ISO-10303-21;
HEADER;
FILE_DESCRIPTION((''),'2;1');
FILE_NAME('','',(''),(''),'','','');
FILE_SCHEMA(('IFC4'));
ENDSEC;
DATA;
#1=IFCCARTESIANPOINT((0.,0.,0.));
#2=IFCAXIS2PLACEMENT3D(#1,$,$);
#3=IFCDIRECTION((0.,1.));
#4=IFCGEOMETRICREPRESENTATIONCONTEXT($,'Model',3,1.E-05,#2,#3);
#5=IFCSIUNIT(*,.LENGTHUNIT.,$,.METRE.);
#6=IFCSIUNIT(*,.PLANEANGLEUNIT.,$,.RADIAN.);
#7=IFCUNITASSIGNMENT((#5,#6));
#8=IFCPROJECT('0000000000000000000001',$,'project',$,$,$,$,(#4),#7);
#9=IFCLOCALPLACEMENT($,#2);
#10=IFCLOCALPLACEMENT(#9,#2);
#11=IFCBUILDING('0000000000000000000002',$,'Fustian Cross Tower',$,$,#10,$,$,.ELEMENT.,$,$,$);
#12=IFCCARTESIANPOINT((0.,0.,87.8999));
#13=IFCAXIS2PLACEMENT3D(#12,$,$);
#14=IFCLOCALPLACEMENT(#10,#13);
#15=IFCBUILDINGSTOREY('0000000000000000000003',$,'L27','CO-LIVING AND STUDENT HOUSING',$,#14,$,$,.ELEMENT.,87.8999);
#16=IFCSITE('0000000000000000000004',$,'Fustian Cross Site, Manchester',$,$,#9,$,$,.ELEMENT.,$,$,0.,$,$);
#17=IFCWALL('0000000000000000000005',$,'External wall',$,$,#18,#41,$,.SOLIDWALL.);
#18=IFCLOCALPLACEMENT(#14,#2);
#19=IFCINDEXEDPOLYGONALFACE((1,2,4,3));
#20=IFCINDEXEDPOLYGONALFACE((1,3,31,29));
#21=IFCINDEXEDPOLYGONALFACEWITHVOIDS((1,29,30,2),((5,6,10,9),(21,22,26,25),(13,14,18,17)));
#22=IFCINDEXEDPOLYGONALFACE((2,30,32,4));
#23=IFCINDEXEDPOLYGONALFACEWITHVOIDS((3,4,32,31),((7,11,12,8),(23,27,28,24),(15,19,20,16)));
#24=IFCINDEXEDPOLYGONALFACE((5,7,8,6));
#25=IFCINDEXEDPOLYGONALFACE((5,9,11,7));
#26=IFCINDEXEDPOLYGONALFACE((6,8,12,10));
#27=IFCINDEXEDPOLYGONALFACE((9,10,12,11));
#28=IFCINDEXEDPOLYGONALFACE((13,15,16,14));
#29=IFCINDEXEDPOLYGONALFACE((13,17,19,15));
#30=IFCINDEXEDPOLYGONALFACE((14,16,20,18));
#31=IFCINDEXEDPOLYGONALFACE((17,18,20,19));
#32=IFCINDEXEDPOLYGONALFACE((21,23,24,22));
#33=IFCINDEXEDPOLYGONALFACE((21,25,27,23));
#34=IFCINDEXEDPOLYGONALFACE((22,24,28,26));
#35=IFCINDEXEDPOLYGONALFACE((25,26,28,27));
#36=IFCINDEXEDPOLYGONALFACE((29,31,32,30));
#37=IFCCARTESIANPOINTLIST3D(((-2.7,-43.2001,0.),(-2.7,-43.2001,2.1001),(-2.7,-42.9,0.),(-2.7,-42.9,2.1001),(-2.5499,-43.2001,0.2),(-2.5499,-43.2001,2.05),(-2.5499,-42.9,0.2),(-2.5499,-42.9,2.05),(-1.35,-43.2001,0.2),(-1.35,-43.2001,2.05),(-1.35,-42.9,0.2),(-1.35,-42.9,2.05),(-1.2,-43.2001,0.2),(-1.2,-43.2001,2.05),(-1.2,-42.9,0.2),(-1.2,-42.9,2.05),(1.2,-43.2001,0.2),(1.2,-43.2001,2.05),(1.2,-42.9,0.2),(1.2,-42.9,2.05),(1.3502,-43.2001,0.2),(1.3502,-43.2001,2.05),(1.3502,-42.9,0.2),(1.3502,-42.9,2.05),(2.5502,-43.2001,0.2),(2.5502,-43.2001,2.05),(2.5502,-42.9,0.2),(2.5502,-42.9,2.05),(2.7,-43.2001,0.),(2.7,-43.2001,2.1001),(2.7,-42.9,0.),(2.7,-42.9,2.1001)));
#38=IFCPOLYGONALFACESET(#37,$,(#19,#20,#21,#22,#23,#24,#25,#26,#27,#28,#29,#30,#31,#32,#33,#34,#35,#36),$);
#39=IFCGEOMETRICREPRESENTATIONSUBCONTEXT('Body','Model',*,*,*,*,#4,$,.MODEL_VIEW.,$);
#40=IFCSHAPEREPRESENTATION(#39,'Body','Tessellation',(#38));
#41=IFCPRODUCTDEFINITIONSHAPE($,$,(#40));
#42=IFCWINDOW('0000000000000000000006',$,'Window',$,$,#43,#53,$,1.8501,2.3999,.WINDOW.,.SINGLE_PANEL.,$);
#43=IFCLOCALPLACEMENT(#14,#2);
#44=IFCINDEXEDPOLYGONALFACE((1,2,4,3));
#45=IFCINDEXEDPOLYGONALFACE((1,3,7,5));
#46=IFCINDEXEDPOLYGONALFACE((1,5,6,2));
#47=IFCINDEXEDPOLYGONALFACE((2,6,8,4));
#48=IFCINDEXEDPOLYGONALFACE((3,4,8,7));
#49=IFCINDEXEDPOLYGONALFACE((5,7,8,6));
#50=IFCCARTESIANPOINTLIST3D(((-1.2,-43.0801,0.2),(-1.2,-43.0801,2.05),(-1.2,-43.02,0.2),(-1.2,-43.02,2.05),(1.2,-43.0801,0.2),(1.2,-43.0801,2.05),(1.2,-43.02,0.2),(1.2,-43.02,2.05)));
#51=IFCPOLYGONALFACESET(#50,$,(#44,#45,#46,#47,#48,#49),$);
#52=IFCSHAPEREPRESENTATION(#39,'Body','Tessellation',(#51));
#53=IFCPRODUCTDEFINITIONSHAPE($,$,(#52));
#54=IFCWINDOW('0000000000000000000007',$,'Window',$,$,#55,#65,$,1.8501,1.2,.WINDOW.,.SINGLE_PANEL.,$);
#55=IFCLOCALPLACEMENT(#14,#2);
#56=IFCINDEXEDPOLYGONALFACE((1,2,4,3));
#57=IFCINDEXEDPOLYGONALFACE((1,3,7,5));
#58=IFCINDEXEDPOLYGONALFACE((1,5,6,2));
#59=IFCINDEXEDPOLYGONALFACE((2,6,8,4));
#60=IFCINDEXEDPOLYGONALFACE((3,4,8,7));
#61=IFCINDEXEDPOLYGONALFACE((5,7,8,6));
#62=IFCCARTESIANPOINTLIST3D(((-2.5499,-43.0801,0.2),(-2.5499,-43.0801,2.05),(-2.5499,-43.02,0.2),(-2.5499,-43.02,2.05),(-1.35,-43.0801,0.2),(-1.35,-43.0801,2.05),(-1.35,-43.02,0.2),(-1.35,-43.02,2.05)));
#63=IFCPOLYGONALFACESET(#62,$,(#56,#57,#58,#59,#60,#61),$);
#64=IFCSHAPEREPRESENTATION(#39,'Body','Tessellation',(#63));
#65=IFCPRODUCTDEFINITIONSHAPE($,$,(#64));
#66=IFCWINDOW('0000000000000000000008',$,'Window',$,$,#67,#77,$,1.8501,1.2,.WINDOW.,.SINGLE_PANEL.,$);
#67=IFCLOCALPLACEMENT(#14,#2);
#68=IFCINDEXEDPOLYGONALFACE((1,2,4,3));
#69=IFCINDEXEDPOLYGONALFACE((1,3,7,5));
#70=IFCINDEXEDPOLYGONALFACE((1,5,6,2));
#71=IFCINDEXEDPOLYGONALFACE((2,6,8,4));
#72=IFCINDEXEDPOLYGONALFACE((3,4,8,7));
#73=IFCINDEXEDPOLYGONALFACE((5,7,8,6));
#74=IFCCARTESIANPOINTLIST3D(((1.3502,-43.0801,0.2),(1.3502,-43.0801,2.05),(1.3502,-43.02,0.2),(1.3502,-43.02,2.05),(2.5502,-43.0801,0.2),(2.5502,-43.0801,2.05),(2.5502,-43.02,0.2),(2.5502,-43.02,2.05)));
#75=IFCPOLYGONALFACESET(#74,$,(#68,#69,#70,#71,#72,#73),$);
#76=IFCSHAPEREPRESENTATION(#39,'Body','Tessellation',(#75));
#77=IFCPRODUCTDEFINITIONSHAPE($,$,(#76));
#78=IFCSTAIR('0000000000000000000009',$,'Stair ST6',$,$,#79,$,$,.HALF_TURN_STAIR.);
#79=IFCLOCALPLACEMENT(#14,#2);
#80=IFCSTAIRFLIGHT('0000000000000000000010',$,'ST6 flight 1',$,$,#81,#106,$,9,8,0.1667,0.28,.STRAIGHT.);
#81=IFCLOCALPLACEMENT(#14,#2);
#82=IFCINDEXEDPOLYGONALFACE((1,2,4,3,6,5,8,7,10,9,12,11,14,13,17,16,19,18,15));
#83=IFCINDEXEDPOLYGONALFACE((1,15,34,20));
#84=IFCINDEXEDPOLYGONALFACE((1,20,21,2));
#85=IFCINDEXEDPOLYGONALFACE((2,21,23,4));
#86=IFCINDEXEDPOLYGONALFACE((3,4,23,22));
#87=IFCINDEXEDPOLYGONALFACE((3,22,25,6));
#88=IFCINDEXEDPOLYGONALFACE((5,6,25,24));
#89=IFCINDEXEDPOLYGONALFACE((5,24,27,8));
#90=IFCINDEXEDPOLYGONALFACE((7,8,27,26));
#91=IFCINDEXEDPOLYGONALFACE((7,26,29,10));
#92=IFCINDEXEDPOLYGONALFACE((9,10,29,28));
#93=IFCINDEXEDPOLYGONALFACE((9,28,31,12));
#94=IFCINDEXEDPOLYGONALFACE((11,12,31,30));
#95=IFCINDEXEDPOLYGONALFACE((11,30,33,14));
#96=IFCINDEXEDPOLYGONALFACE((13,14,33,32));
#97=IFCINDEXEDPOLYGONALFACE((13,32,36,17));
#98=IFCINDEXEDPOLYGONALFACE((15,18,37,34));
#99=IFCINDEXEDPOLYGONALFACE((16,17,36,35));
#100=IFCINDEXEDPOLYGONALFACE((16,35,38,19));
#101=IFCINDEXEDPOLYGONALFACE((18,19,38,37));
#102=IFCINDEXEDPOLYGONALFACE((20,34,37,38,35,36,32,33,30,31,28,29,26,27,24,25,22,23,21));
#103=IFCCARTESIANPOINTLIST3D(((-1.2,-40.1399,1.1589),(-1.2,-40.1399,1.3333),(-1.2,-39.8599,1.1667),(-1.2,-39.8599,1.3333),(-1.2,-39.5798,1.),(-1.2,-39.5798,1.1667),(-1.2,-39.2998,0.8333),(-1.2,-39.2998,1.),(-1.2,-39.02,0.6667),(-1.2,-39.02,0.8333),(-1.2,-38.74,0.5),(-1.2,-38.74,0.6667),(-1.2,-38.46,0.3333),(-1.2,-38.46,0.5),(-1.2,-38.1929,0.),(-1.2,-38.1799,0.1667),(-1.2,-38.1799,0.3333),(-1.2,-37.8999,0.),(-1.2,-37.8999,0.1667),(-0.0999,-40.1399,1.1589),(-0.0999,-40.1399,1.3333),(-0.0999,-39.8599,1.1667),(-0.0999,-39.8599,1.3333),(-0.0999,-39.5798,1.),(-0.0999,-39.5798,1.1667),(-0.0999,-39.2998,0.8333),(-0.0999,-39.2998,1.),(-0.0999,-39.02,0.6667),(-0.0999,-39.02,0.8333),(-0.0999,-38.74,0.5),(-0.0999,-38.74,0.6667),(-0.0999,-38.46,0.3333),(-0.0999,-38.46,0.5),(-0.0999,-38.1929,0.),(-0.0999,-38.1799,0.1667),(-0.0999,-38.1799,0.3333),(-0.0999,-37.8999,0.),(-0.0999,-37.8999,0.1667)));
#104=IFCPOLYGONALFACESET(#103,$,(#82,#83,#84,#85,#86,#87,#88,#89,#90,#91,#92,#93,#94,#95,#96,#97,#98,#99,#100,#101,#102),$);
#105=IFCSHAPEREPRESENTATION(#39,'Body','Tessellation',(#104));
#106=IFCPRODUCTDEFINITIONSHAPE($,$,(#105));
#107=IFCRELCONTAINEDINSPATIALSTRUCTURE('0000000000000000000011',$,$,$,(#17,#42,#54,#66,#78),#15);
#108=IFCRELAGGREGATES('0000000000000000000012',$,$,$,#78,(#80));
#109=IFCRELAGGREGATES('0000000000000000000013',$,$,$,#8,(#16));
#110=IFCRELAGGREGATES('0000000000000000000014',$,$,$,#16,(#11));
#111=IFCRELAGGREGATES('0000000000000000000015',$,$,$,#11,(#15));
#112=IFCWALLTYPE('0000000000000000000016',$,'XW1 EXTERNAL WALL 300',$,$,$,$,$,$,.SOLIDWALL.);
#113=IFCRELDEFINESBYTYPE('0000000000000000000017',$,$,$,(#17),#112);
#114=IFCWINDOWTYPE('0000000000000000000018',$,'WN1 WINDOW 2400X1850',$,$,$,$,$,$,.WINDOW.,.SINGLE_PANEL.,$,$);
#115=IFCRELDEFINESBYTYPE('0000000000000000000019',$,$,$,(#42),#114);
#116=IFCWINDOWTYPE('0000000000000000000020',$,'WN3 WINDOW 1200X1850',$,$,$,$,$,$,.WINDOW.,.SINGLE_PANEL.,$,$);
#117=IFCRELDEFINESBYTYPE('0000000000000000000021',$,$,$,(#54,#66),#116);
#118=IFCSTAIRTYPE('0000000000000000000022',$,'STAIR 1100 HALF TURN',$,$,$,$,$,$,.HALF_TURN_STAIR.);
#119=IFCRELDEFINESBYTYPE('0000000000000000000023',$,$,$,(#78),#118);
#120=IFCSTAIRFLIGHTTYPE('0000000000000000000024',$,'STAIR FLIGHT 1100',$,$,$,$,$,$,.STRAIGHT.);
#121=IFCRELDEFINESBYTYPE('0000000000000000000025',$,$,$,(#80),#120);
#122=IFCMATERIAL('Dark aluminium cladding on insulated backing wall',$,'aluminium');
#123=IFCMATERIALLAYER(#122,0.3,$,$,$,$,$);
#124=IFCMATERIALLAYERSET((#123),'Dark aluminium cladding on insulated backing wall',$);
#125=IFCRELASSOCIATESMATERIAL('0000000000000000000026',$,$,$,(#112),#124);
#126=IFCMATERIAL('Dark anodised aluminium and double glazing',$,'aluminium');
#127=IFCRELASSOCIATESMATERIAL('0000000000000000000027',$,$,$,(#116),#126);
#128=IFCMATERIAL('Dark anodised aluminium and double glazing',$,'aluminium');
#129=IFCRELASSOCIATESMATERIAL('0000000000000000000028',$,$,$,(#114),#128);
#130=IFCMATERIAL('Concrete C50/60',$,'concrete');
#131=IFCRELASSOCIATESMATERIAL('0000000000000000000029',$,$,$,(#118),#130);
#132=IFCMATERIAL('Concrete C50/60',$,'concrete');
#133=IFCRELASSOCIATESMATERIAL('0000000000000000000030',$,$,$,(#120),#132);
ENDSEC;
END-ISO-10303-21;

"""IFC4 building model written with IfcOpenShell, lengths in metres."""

from ifc_helpers import new_model, si_unit, direction, frame, frame_2d, origin, place, context, subcontext, project, spatial, polyline, rectangle, outline, extrude, material, layer, layer_set, type_object, element, fill, aggregate, save


model = new_model("IFC4")

# Units and contexts
model_context = context("Model", 3, precision=1e-05, world=origin(), true_north=direction((0.0, 1.0)))
body_context = subcontext(model_context, "Body", "Model", "MODEL_VIEW")
ifc_project = project(units=[si_unit("LENGTHUNIT", "METRE"), si_unit("PLANEANGLEUNIT", "RADIAN")], contexts=[model_context])

# Site, building, storey
site_placement = place(None, origin())
site = spatial("IfcSite", under=ifc_project, at=site_placement, Name="Fustian Cross Site, Manchester", CompositionType="ELEMENT", RefElevation=0.0)
building_placement = place(site_placement, origin())
building = spatial("IfcBuilding", under=site, at=building_placement, Name="Fustian Cross Tower", CompositionType="ELEMENT")
storey_placement = place(building_placement, frame((0.0, 0.0, 87.8999)))
storey = spatial("IfcBuildingStorey", under=building, at=storey_placement, Name="L27", Description="CO-LIVING AND STUDENT HOUSING", CompositionType="ELEMENT", Elevation=87.8999)

# Shared definitions
ifc_material_1 = material(Name="Dark aluminium cladding on insulated backing wall", Category="aluminium")
ifc_layer_1 = layer(ifc_material_1, 0.3)
ifc_layer_set_1 = layer_set([ifc_layer_1], Name="Dark aluminium cladding on insulated backing wall")
wall_type_1 = type_object("IfcWallType", Name="XW1 EXTERNAL WALL 300", PredefinedType="SOLIDWALL", material=ifc_layer_set_1)

# Shared definitions
ifc_material_2 = material(Name="Dark anodised aluminium and double glazing", Category="aluminium")
window_type_1 = type_object("IfcWindowType", Name="WN3 WINDOW 1200X1850", PartitioningType="SINGLE_PANEL", PredefinedType="WINDOW", material=ifc_material_2)

# Wall, openings, windows
wall_1_placement = place(storey_placement, frame((-2.7, -43.05, 0.0), z_axis=(0.0, 0.0, 1.0), x_axis=(1.0, 0.0, 0.0)))
wall_1 = element("IfcWall", 1, at=wall_1_placement, inside=storey, type_object=wall_type_1, Name="External wall", PredefinedType="SOLIDWALL", context=body_context, shape_type="SweptSolid", body=[
    extrude(rectangle(XDim=5.3999, YDim=0.3, at=frame_2d((2.7, 0.0))), origin(), (0.0, 0.0, 1.0), 2.1001),
])
opening_1_placement = place(wall_1_placement, frame((1.5, 0.0, 0.2)))
opening_1 = element("IfcOpeningElement", 2, at=opening_1_placement, cuts=wall_1, PredefinedType="OPENING", context=body_context, shape_type="SweptSolid", body=[
    extrude(rectangle(XDim=2.3999, YDim=1.8501, at=frame_2d((1.2, 0.925))), frame((0.0, 0.1599, 0.0), z_axis=(0.0, -1.0, 0.0), x_axis=(1.0, 0.0, 0.0)), (0.0, 0.0, 1.0), 0.3201),
])
opening_2_placement = place(wall_1_placement, frame((0.1499, 0.0, 0.2)))
opening_2 = element("IfcOpeningElement", 3, at=opening_2_placement, cuts=wall_1, PredefinedType="OPENING", context=body_context, shape_type="SweptSolid", body=[
    extrude(rectangle(XDim=1.2, YDim=1.8501, at=frame_2d((0.6001, 0.925))), frame((0.0, 0.1599, 0.0), z_axis=(0.0, -1.0, 0.0), x_axis=(1.0, 0.0, 0.0)), (0.0, 0.0, 1.0), 0.3201),
])
opening_3_placement = place(wall_1_placement, frame((4.05, 0.0, 0.2)))
opening_3 = element("IfcOpeningElement", 4, at=opening_3_placement, cuts=wall_1, PredefinedType="OPENING", context=body_context, shape_type="SweptSolid", body=[
    extrude(rectangle(XDim=1.2, YDim=1.8501, at=frame_2d((0.6001, 0.925))), frame((0.0, 0.1599, 0.0), z_axis=(0.0, -1.0, 0.0), x_axis=(1.0, 0.0, 0.0)), (0.0, 0.0, 1.0), 0.3201),
])
ifc_material_3 = material(Name="Dark anodised aluminium and double glazing", Category="aluminium")
window_type_2 = type_object("IfcWindowType", Name="WN1 WINDOW 2400X1850", PartitioningType="SINGLE_PANEL", PredefinedType="WINDOW", material=ifc_material_3)
window_1_placement = place(opening_1_placement, origin())
window_1 = element("IfcWindow", 5, at=window_1_placement, inside=storey, type_object=window_type_2, Name="Window", OverallHeight=1.8501, OverallWidth=2.3999, PartitioningType="SINGLE_PANEL", PredefinedType="WINDOW", context=body_context, shape_type="SweptSolid", body=[
    extrude(rectangle(XDim=2.3999, YDim=1.8501, at=frame_2d((1.2, 0.925))), frame((0.0, 0.03, 0.0), z_axis=(0.0, -1.0, 0.0), x_axis=(1.0, 0.0, 0.0)), (0.0, 0.0, 1.0), 0.0601),
])
fill(opening_1, window_1)
window_2_placement = place(opening_2_placement, origin())
window_2 = element("IfcWindow", 6, at=window_2_placement, inside=storey, type_object=window_type_1, Name="Window", OverallHeight=1.8501, OverallWidth=1.2, PartitioningType="SINGLE_PANEL", PredefinedType="WINDOW", context=body_context, shape_type="SweptSolid", body=[
    extrude(rectangle(XDim=1.2, YDim=1.8501, at=frame_2d((0.6001, 0.925))), frame((0.0, 0.03, 0.0), z_axis=(0.0, -1.0, 0.0), x_axis=(1.0, 0.0, 0.0)), (0.0, 0.0, 1.0), 0.0601),
])
fill(opening_2, window_2)
window_3_placement = place(opening_3_placement, origin())
window_3 = element("IfcWindow", 7, at=window_3_placement, inside=storey, type_object=window_type_1, Name="Window", OverallHeight=1.8501, OverallWidth=1.2, PartitioningType="SINGLE_PANEL", PredefinedType="WINDOW", context=body_context, shape_type="SweptSolid", body=[
    extrude(rectangle(XDim=1.2, YDim=1.8501, at=frame_2d((0.6001, 0.925))), frame((0.0, 0.03, 0.0), z_axis=(0.0, -1.0, 0.0), x_axis=(1.0, 0.0, 0.0)), (0.0, 0.0, 1.0), 0.0601),
])
fill(opening_3, window_3)

# Stair, stair flight
ifc_material_4 = material(Name="Concrete C50/60", Category="concrete")
stair_type = type_object("IfcStairType", Name="STAIR 1100 HALF TURN", PredefinedType="HALF_TURN_STAIR", material=ifc_material_4)
stair_placement = place(storey_placement, origin())
stair = element("IfcStair", 8, at=stair_placement, inside=storey, type_object=stair_type, Name="Stair ST6", PredefinedType="HALF_TURN_STAIR")
ifc_material_5 = material(Name="Concrete C50/60", Category="concrete")
stair_flight_type = type_object("IfcStairFlightType", Name="STAIR FLIGHT 1100", PredefinedType="STRAIGHT", material=ifc_material_5)
stair_flight_placement = place(storey_placement, frame((-0.6499, -37.8999, 0.0), z_axis=(0.0, 0.0, 1.0), x_axis=(0.0, -1.0, 0.0)))
stair_flight = element("IfcStairFlight", 9, at=stair_flight_placement, type_object=stair_flight_type, Name="ST6 flight 1", NumberOfRisers=9, NumberOfTreads=8, PredefinedType="STRAIGHT", RiserHeight=0.1667, TreadLength=0.28, context=body_context, shape_type="SweptSolid", body=[
    extrude(outline(polyline([(0.0, 0.0), (0.0, 0.1667), (0.28, 0.1667), (0.28, 0.3333), (0.5601, 0.3333), (0.5601, 0.5), (0.8401, 0.5), (0.8401, 0.6667), (1.1201, 0.6667), (1.1201, 0.8333), (1.3999, 0.8333), (1.3999, 1.0), (1.6799, 1.0), (1.6799, 1.1667), (1.96, 1.1667), (1.96, 1.3333), (2.24, 1.3333), (2.24, 1.5), (2.24, 1.1589), (0.293, 0.0), (0.0, 0.0)])), frame((0.0, 0.55, 0.0), z_axis=(0.0, -1.0, 0.0), x_axis=(1.0, 0.0, 0.0)), (0.0, 0.0, 1.0), 1.1001),
])
aggregate(stair, [stair_flight])

save(model, "model.ifc")
